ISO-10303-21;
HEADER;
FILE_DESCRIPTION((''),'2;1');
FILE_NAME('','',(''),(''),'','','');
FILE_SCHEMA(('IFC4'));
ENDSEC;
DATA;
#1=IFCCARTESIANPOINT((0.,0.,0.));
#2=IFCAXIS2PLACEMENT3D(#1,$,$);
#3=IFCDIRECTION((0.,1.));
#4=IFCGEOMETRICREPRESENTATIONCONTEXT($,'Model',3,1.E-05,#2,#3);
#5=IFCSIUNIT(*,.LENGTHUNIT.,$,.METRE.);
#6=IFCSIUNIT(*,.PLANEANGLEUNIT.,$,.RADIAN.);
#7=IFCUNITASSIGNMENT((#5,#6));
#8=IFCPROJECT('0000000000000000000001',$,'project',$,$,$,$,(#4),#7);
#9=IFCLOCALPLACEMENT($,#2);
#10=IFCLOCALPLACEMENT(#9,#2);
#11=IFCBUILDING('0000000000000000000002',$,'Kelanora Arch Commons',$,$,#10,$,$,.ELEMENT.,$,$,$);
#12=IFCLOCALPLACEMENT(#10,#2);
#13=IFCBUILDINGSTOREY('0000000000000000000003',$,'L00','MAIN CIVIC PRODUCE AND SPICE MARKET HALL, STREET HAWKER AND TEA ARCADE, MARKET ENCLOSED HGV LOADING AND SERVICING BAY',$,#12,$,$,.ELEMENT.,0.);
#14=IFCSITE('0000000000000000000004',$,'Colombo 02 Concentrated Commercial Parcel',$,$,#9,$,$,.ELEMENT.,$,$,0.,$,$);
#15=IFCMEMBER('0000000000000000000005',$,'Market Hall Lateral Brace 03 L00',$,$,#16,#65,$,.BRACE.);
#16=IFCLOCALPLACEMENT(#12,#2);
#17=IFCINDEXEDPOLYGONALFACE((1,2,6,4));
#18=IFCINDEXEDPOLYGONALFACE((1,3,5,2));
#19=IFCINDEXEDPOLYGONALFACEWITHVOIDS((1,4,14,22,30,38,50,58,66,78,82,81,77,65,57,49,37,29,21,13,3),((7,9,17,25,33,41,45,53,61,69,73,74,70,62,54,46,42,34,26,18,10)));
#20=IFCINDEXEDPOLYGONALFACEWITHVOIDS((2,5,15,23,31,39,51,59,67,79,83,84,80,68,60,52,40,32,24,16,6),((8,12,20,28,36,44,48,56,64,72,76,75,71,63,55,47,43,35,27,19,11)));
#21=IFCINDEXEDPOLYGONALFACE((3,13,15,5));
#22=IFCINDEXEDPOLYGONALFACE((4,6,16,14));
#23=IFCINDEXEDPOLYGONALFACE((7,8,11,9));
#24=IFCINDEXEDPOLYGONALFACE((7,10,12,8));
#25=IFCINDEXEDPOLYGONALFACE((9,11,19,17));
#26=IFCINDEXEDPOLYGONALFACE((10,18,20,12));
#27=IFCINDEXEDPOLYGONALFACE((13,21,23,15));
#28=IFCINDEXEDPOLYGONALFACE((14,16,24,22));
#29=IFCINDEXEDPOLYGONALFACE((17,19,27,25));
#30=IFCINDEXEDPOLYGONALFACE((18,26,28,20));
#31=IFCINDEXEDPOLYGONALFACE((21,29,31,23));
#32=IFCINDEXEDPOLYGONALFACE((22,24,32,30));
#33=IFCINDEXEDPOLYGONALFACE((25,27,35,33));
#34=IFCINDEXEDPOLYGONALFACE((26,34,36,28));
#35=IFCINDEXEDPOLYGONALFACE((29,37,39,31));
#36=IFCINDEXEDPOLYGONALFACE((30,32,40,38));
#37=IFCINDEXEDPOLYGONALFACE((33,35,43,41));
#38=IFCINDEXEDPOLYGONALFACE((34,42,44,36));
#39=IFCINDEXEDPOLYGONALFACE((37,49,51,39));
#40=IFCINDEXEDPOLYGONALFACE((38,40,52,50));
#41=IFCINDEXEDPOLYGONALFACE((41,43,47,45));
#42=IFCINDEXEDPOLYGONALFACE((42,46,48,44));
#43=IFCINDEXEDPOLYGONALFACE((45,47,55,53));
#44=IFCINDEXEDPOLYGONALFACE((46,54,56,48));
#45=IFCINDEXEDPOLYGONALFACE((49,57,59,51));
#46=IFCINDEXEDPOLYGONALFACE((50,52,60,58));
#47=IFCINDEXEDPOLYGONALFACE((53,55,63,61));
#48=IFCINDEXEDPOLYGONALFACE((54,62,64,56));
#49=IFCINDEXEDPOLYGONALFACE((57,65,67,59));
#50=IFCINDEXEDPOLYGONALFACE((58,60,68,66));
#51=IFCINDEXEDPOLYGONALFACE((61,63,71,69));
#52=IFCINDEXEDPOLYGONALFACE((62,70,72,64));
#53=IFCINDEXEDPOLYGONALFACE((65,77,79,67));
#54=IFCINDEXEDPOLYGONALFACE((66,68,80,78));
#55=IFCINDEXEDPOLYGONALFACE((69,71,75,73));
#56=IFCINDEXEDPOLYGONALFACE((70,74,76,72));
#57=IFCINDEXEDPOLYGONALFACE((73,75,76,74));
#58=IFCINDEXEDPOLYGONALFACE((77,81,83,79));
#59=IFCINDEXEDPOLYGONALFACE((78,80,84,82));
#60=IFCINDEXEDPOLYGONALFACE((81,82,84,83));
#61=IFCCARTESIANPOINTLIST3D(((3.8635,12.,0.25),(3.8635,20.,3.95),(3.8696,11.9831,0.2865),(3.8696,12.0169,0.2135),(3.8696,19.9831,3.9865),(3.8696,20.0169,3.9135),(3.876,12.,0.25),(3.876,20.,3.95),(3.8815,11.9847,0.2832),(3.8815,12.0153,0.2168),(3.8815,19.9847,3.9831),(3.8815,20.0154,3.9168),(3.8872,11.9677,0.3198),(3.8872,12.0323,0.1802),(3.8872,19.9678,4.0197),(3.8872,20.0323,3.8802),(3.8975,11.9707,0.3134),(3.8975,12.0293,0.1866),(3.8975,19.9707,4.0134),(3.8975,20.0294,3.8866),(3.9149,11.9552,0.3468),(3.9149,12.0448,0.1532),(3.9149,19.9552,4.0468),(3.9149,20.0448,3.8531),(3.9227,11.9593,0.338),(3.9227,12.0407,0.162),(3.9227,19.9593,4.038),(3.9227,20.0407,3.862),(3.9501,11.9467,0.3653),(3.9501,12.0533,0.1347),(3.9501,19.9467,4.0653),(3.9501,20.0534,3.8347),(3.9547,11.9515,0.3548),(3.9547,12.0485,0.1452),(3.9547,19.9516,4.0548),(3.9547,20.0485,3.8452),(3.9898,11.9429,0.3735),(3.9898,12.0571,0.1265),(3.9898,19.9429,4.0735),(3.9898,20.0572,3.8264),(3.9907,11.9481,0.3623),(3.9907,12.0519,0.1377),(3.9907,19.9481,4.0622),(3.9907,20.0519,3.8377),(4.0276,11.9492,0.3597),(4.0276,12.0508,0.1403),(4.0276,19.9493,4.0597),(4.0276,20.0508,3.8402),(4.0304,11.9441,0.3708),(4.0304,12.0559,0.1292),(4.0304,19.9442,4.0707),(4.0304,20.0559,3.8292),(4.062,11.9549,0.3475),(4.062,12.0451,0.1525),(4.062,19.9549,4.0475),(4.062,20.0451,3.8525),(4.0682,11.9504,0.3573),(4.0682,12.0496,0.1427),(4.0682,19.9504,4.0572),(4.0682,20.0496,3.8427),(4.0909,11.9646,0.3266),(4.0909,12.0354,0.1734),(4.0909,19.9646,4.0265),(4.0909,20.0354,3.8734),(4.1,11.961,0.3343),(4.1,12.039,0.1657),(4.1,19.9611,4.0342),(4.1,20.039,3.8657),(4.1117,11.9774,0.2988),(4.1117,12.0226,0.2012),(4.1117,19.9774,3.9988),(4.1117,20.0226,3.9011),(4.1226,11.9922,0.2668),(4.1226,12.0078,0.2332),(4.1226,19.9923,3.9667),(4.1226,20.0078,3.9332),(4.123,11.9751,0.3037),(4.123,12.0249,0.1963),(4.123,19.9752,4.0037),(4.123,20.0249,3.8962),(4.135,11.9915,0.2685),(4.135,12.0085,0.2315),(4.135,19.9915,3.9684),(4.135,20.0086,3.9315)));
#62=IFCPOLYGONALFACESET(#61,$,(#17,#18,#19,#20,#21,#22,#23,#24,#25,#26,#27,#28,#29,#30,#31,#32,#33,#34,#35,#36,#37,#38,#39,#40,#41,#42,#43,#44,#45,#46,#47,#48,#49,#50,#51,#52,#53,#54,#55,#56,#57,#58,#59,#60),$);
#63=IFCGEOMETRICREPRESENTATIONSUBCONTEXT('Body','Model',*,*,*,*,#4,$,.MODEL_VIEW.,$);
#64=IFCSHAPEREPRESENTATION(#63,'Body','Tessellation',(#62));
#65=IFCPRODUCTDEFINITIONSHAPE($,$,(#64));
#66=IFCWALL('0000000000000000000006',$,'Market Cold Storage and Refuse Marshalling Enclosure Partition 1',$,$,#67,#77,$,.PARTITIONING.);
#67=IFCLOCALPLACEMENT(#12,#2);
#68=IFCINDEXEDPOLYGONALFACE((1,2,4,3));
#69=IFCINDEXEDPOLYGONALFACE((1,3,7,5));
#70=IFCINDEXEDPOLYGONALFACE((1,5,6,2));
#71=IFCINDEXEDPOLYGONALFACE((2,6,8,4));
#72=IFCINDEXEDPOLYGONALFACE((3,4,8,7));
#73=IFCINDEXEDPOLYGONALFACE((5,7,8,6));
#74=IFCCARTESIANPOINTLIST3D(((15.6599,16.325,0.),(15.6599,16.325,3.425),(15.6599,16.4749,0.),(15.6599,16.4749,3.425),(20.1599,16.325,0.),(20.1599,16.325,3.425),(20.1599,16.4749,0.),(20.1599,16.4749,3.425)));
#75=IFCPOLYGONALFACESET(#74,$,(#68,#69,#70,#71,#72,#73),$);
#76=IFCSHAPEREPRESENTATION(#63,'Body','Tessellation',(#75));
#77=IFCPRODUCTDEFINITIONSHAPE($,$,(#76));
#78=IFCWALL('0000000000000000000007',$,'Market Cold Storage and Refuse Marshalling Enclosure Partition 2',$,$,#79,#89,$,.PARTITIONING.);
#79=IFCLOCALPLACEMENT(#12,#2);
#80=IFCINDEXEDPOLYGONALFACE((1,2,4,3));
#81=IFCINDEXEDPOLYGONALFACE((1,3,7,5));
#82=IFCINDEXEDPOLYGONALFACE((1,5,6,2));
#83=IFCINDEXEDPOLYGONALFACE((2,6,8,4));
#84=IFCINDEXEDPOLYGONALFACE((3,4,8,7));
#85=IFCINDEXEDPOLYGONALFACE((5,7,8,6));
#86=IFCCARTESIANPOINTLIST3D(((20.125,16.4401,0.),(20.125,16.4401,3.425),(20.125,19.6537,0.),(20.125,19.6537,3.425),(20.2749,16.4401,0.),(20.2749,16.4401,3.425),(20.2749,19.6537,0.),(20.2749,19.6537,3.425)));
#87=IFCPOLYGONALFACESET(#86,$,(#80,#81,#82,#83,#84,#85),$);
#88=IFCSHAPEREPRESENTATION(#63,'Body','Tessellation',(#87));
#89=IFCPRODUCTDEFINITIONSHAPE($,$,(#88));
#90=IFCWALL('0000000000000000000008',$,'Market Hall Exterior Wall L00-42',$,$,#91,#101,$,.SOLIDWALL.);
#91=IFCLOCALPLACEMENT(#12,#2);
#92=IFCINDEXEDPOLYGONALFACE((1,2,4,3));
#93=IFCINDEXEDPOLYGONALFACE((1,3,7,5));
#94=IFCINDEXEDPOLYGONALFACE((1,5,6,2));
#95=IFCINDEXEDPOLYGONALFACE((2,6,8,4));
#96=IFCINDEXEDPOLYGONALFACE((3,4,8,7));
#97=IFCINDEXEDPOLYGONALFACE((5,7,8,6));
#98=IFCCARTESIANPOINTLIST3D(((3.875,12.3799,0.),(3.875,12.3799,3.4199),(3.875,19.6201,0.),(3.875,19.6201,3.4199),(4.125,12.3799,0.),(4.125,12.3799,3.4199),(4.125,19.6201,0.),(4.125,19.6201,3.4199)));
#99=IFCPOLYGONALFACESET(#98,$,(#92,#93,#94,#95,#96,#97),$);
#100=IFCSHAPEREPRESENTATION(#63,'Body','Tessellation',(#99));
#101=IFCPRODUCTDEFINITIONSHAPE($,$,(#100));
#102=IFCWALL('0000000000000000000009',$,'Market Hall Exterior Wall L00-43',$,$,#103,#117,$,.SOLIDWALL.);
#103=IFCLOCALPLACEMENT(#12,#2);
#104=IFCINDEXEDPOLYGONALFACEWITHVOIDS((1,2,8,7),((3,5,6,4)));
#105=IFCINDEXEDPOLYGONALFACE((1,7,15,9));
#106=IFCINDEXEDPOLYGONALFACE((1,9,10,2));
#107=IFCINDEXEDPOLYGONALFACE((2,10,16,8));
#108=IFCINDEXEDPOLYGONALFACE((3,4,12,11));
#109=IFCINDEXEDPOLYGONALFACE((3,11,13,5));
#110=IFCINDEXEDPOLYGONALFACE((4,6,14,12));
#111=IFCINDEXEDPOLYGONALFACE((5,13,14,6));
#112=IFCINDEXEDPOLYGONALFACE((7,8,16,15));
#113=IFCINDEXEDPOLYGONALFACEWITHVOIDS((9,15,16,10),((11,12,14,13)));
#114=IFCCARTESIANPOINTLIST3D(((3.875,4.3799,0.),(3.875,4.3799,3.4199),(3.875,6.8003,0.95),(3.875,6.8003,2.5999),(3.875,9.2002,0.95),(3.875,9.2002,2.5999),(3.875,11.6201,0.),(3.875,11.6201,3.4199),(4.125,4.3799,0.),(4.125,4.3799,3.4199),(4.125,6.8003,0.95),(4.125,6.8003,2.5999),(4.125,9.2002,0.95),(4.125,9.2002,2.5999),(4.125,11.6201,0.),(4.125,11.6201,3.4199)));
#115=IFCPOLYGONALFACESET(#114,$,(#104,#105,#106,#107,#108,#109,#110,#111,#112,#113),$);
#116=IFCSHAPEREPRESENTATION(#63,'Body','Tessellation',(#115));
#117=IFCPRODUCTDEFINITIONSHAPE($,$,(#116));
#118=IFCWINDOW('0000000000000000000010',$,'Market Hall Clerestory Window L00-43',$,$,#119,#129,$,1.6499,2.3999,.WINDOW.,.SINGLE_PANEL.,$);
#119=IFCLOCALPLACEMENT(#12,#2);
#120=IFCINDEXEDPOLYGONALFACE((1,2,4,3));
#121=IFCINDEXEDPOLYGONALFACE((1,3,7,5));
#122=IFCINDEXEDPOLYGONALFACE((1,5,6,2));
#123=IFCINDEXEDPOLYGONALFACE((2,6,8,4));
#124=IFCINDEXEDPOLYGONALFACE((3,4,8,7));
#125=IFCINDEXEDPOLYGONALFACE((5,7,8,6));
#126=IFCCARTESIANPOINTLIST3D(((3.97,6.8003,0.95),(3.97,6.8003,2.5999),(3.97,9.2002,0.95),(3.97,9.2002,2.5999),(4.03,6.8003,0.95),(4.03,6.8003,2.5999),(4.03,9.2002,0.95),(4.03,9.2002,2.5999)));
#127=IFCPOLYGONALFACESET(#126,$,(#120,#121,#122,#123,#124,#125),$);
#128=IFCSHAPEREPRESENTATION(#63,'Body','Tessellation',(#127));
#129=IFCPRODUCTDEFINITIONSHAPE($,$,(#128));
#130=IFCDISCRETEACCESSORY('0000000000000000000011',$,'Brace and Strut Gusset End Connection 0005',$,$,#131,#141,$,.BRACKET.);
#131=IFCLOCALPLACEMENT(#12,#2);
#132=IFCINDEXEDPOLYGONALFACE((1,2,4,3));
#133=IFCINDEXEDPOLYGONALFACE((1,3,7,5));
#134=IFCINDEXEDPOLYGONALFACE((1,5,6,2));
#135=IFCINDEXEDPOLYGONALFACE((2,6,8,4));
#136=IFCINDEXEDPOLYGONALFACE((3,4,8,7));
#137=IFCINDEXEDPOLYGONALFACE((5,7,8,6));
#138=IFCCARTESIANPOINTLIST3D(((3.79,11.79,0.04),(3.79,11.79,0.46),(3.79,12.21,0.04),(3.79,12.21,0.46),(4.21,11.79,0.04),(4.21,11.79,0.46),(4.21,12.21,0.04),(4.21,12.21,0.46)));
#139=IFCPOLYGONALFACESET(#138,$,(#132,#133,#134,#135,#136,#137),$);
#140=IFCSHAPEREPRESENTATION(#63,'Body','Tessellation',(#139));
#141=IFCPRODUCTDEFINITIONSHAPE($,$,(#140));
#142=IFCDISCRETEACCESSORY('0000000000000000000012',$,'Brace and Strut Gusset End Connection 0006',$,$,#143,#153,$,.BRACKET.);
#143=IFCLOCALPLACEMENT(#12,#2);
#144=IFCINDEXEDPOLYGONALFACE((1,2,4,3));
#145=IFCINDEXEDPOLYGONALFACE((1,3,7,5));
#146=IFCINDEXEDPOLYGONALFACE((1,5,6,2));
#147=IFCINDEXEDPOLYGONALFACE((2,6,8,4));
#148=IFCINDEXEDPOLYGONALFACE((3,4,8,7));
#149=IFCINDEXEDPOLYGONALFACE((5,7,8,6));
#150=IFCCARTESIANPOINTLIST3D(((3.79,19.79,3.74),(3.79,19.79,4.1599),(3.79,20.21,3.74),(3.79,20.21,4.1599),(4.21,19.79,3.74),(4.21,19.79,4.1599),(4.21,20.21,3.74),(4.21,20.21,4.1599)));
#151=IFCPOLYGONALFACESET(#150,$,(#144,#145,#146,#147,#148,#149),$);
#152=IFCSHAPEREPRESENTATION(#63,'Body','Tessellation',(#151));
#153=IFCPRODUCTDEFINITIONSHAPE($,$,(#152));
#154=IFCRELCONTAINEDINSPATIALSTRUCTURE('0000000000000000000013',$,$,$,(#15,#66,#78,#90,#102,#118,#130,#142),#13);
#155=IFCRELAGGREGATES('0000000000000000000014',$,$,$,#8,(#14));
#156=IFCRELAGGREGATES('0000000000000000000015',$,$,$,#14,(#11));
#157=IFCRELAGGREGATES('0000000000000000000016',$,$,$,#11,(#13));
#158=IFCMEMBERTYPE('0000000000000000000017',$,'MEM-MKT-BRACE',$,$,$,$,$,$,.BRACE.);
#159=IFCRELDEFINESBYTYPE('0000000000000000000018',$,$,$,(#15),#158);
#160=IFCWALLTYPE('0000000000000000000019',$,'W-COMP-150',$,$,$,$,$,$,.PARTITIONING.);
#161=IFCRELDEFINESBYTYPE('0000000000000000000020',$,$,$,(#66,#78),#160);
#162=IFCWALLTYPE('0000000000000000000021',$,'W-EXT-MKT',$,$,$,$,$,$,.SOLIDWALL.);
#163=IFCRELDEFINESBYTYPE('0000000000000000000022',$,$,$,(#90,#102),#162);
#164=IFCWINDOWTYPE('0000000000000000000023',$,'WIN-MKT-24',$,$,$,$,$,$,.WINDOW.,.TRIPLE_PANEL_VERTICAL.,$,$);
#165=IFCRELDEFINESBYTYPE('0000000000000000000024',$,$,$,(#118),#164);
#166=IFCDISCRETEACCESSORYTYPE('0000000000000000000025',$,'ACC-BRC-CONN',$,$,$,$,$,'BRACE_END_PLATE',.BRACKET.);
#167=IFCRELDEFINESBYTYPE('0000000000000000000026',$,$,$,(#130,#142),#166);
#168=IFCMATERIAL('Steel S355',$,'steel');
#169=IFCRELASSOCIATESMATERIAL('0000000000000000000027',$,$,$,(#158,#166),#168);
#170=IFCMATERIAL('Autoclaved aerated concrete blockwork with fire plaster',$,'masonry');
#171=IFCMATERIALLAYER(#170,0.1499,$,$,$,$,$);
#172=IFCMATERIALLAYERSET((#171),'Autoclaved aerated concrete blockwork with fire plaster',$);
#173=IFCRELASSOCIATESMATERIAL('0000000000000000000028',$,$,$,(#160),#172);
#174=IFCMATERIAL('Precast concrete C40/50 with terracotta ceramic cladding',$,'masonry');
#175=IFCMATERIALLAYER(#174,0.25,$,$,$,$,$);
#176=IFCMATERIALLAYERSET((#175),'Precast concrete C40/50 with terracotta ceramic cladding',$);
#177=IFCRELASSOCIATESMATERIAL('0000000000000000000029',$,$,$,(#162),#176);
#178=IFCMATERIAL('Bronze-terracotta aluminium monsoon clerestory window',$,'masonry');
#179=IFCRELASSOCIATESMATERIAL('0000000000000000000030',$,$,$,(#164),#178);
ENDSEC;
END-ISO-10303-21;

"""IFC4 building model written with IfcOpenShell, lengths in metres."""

from ifc_helpers import new_model, si_unit, direction, frame, frame_2d, origin, origin_2d, place, context, subcontext, project, spatial, rectangle, hollow_circle, extrude, source, transform, mapped, material, layer, layer_set, material_profile, profile_set, type_object, element, fill, save


model = new_model("IFC4")

# Units and contexts
model_context = context("Model", 3, precision=1e-05, world=origin(), true_north=direction((0.0, 1.0)))
body_context = subcontext(model_context, "Body", "Model", "MODEL_VIEW")
ifc_project = project(units=[si_unit("LENGTHUNIT", "METRE"), si_unit("PLANEANGLEUNIT", "RADIAN")], contexts=[model_context])

# Site, building, storey
site_placement = place(None, origin())
site = spatial("IfcSite", under=ifc_project, at=site_placement, Name="Colombo 02 Concentrated Commercial Parcel", CompositionType="ELEMENT", RefElevation=0.0)
building_placement = place(site_placement, origin())
building = spatial("IfcBuilding", under=site, at=building_placement, Name="Kelanora Arch Commons", CompositionType="ELEMENT")
storey_placement = place(building_placement, origin())
storey = spatial("IfcBuildingStorey", under=building, at=storey_placement, Name="L00", Description="MAIN CIVIC PRODUCE AND SPICE MARKET HALL, STREET HAWKER AND TEA ARCADE, MARKET ENCLOSED HGV LOADING AND SERVICING BAY", CompositionType="ELEMENT", Elevation=0.0)

# Member
ifc_material_1 = material(Name="Steel S355", Category="steel")
ifc_material_profile_1 = material_profile(ifc_material_1, hollow_circle(Radius=0.1365, WallThickness=0.0125, at=origin_2d()), Name="CHS273x12.5")
ifc_profile_set_1 = profile_set([ifc_material_profile_1], Name="Steel S355")
member_type = type_object("IfcMemberType", Name="MEM-MKT-BRACE", PredefinedType="BRACE", material=ifc_profile_set_1)
member_placement = place(storey_placement, frame((4.0, 12.0, 0.25), z_axis=(0.0, 0.907629, 0.419773), x_axis=(-1.0, 0.0, 0.0)))
element("IfcMember", 1, at=member_placement, inside=storey, type_object=member_type, Name="Market Hall Lateral Brace 03 L00", PredefinedType="BRACE", context=body_context, shape_type="SweptSolid", body=[
    extrude(hollow_circle(Radius=0.1365, WallThickness=0.0125, at=origin_2d()), origin(), (0.0, 0.0, 1.0), 8.8142),
])

# Walls
ifc_material_2 = material(Name="Autoclaved aerated concrete blockwork with fire plaster", Category="masonry")
ifc_layer_1 = layer(ifc_material_2, 0.1499)
ifc_layer_set_1 = layer_set([ifc_layer_1], Name="Autoclaved aerated concrete blockwork with fire plaster")
wall_type_1 = type_object("IfcWallType", Name="W-COMP-150", PredefinedType="PARTITIONING", material=ifc_layer_set_1)
wall_1_placement = place(storey_placement, frame((15.6599, 16.3999, 0.0), z_axis=(0.0, 0.0, 1.0), x_axis=(1.0, 0.0, 0.0)))
element("IfcWall", 2, at=wall_1_placement, inside=storey, type_object=wall_type_1, Name="Market Cold Storage and Refuse Marshalling Enclosure Partition 1", PredefinedType="PARTITIONING", context=body_context, shape_type="SweptSolid", body=[
    extrude(rectangle(XDim=4.5, YDim=0.1499, at=frame_2d((2.25, 0.0))), origin(), (0.0, 0.0, 1.0), 3.425),
])
wall_2_placement = place(storey_placement, frame((20.2, 16.4399, 0.0), z_axis=(0.0, 0.0, 1.0), x_axis=(0.0, 1.0, 0.0)))
element("IfcWall", 3, at=wall_2_placement, inside=storey, type_object=wall_type_1, Name="Market Cold Storage and Refuse Marshalling Enclosure Partition 2", PredefinedType="PARTITIONING", context=body_context, shape_type="SweptSolid", body=[
    extrude(rectangle(XDim=3.2136, YDim=0.1499, at=frame_2d((1.6069, 0.0))), origin(), (0.0, 0.0, 1.0), 3.425),
])
ifc_material_3 = material(Name="Precast concrete C40/50 with terracotta ceramic cladding", Category="masonry")
ifc_layer_2 = layer(ifc_material_3, 0.25)
ifc_layer_set_2 = layer_set([ifc_layer_2], Name="Precast concrete C40/50 with terracotta ceramic cladding")
wall_type_2 = type_object("IfcWallType", Name="W-EXT-MKT", PredefinedType="SOLIDWALL", material=ifc_layer_set_2)
wall_3_placement = place(storey_placement, frame((4.0, 19.6201, 0.0), z_axis=(0.0, 0.0, 1.0), x_axis=(0.0, -1.0, 0.0)))
element("IfcWall", 4, at=wall_3_placement, inside=storey, type_object=wall_type_2, Name="Market Hall Exterior Wall L00-42", PredefinedType="SOLIDWALL", context=body_context, shape_type="SweptSolid", body=[
    extrude(rectangle(XDim=7.2402, YDim=0.25, at=frame_2d((3.6201, 0.0))), origin(), (0.0, 0.0, 1.0), 3.4199),
])

# Wall, opening, window
wall_4_placement = place(storey_placement, frame((4.0, 11.6201, 0.0), z_axis=(0.0, 0.0, 1.0), x_axis=(0.0, -1.0, 0.0)))
wall_4 = element("IfcWall", 5, at=wall_4_placement, inside=storey, type_object=wall_type_2, Name="Market Hall Exterior Wall L00-43", PredefinedType="SOLIDWALL", context=body_context, shape_type="SweptSolid", body=[
    extrude(rectangle(XDim=7.2402, YDim=0.25, at=frame_2d((3.6201, 0.0))), origin(), (0.0, 0.0, 1.0), 3.4199),
])
opening_placement = place(wall_4_placement, frame((2.4199, 0.0, 0.95)))
opening = element("IfcOpeningElement", 6, at=opening_placement, cuts=wall_4, PredefinedType="OPENING", context=body_context, shape_type="SweptSolid", body=[
    extrude(rectangle(XDim=2.3999, YDim=1.6499, at=frame_2d((1.2, 0.825))), frame((0.0, 0.135, 0.0), z_axis=(0.0, -1.0, 0.0), x_axis=(1.0, 0.0, 0.0)), (0.0, 0.0, 1.0), 0.27),
])
ifc_material_4 = material(Name="Bronze-terracotta aluminium monsoon clerestory window", Category="masonry")
window_type = type_object("IfcWindowType", Name="WIN-MKT-24", PartitioningType="TRIPLE_PANEL_VERTICAL", PredefinedType="WINDOW", material=ifc_material_4)
window_placement = place(opening_placement, origin())
window = element("IfcWindow", 7, at=window_placement, inside=storey, type_object=window_type, Name="Market Hall Clerestory Window L00-43", OverallHeight=1.6499, OverallWidth=2.3999, PartitioningType="SINGLE_PANEL", PredefinedType="WINDOW", context=body_context, shape_type="SweptSolid", body=[
    extrude(rectangle(XDim=2.3999, YDim=1.6499, at=frame_2d((1.2, 0.825))), frame((0.0, 0.03, 0.0), z_axis=(0.0, -1.0, 0.0), x_axis=(1.0, 0.0, 0.0)), (0.0, 0.0, 1.0), 0.0601),
])
fill(opening, window)

# Discrete accessories
discrete_accessory_type = type_object("IfcDiscreteAccessoryType", Name="ACC-BRC-CONN", ElementType="BRACE_END_PLATE", PredefinedType="BRACKET", material=ifc_material_1)
shared_shape = source(origin(), body_context, "Body", "SweptSolid", [
    extrude(rectangle(XDim=0.4199, YDim=0.4199, at=origin_2d()), origin(), (0.0, 0.0, 1.0), 0.4199),
])
for number, where, z_axis, x_axis, name in (
    (8, (4.0, 12.0, 0.04), (0.0, 0.0, 1.0), (0.0, 1.0, 0.0), "Brace and Strut Gusset End Connection 0005"),
    (9, (4.0, 20.0, 3.74), (0.0, 0.0, 1.0), (0.0, 1.0, 0.0), "Brace and Strut Gusset End Connection 0006"),
):
    element("IfcDiscreteAccessory", number, at=place(storey_placement, frame(where, z_axis=z_axis, x_axis=x_axis)), inside=storey, type_object=discrete_accessory_type, Name=name, PredefinedType="BRACKET", context=body_context, shape_type="MappedRepresentation", body=[
        mapped(shared_shape, transform((0.0, 0.0, 0.0), scale=1.0)),
    ])

save(model, "model.ifc")
